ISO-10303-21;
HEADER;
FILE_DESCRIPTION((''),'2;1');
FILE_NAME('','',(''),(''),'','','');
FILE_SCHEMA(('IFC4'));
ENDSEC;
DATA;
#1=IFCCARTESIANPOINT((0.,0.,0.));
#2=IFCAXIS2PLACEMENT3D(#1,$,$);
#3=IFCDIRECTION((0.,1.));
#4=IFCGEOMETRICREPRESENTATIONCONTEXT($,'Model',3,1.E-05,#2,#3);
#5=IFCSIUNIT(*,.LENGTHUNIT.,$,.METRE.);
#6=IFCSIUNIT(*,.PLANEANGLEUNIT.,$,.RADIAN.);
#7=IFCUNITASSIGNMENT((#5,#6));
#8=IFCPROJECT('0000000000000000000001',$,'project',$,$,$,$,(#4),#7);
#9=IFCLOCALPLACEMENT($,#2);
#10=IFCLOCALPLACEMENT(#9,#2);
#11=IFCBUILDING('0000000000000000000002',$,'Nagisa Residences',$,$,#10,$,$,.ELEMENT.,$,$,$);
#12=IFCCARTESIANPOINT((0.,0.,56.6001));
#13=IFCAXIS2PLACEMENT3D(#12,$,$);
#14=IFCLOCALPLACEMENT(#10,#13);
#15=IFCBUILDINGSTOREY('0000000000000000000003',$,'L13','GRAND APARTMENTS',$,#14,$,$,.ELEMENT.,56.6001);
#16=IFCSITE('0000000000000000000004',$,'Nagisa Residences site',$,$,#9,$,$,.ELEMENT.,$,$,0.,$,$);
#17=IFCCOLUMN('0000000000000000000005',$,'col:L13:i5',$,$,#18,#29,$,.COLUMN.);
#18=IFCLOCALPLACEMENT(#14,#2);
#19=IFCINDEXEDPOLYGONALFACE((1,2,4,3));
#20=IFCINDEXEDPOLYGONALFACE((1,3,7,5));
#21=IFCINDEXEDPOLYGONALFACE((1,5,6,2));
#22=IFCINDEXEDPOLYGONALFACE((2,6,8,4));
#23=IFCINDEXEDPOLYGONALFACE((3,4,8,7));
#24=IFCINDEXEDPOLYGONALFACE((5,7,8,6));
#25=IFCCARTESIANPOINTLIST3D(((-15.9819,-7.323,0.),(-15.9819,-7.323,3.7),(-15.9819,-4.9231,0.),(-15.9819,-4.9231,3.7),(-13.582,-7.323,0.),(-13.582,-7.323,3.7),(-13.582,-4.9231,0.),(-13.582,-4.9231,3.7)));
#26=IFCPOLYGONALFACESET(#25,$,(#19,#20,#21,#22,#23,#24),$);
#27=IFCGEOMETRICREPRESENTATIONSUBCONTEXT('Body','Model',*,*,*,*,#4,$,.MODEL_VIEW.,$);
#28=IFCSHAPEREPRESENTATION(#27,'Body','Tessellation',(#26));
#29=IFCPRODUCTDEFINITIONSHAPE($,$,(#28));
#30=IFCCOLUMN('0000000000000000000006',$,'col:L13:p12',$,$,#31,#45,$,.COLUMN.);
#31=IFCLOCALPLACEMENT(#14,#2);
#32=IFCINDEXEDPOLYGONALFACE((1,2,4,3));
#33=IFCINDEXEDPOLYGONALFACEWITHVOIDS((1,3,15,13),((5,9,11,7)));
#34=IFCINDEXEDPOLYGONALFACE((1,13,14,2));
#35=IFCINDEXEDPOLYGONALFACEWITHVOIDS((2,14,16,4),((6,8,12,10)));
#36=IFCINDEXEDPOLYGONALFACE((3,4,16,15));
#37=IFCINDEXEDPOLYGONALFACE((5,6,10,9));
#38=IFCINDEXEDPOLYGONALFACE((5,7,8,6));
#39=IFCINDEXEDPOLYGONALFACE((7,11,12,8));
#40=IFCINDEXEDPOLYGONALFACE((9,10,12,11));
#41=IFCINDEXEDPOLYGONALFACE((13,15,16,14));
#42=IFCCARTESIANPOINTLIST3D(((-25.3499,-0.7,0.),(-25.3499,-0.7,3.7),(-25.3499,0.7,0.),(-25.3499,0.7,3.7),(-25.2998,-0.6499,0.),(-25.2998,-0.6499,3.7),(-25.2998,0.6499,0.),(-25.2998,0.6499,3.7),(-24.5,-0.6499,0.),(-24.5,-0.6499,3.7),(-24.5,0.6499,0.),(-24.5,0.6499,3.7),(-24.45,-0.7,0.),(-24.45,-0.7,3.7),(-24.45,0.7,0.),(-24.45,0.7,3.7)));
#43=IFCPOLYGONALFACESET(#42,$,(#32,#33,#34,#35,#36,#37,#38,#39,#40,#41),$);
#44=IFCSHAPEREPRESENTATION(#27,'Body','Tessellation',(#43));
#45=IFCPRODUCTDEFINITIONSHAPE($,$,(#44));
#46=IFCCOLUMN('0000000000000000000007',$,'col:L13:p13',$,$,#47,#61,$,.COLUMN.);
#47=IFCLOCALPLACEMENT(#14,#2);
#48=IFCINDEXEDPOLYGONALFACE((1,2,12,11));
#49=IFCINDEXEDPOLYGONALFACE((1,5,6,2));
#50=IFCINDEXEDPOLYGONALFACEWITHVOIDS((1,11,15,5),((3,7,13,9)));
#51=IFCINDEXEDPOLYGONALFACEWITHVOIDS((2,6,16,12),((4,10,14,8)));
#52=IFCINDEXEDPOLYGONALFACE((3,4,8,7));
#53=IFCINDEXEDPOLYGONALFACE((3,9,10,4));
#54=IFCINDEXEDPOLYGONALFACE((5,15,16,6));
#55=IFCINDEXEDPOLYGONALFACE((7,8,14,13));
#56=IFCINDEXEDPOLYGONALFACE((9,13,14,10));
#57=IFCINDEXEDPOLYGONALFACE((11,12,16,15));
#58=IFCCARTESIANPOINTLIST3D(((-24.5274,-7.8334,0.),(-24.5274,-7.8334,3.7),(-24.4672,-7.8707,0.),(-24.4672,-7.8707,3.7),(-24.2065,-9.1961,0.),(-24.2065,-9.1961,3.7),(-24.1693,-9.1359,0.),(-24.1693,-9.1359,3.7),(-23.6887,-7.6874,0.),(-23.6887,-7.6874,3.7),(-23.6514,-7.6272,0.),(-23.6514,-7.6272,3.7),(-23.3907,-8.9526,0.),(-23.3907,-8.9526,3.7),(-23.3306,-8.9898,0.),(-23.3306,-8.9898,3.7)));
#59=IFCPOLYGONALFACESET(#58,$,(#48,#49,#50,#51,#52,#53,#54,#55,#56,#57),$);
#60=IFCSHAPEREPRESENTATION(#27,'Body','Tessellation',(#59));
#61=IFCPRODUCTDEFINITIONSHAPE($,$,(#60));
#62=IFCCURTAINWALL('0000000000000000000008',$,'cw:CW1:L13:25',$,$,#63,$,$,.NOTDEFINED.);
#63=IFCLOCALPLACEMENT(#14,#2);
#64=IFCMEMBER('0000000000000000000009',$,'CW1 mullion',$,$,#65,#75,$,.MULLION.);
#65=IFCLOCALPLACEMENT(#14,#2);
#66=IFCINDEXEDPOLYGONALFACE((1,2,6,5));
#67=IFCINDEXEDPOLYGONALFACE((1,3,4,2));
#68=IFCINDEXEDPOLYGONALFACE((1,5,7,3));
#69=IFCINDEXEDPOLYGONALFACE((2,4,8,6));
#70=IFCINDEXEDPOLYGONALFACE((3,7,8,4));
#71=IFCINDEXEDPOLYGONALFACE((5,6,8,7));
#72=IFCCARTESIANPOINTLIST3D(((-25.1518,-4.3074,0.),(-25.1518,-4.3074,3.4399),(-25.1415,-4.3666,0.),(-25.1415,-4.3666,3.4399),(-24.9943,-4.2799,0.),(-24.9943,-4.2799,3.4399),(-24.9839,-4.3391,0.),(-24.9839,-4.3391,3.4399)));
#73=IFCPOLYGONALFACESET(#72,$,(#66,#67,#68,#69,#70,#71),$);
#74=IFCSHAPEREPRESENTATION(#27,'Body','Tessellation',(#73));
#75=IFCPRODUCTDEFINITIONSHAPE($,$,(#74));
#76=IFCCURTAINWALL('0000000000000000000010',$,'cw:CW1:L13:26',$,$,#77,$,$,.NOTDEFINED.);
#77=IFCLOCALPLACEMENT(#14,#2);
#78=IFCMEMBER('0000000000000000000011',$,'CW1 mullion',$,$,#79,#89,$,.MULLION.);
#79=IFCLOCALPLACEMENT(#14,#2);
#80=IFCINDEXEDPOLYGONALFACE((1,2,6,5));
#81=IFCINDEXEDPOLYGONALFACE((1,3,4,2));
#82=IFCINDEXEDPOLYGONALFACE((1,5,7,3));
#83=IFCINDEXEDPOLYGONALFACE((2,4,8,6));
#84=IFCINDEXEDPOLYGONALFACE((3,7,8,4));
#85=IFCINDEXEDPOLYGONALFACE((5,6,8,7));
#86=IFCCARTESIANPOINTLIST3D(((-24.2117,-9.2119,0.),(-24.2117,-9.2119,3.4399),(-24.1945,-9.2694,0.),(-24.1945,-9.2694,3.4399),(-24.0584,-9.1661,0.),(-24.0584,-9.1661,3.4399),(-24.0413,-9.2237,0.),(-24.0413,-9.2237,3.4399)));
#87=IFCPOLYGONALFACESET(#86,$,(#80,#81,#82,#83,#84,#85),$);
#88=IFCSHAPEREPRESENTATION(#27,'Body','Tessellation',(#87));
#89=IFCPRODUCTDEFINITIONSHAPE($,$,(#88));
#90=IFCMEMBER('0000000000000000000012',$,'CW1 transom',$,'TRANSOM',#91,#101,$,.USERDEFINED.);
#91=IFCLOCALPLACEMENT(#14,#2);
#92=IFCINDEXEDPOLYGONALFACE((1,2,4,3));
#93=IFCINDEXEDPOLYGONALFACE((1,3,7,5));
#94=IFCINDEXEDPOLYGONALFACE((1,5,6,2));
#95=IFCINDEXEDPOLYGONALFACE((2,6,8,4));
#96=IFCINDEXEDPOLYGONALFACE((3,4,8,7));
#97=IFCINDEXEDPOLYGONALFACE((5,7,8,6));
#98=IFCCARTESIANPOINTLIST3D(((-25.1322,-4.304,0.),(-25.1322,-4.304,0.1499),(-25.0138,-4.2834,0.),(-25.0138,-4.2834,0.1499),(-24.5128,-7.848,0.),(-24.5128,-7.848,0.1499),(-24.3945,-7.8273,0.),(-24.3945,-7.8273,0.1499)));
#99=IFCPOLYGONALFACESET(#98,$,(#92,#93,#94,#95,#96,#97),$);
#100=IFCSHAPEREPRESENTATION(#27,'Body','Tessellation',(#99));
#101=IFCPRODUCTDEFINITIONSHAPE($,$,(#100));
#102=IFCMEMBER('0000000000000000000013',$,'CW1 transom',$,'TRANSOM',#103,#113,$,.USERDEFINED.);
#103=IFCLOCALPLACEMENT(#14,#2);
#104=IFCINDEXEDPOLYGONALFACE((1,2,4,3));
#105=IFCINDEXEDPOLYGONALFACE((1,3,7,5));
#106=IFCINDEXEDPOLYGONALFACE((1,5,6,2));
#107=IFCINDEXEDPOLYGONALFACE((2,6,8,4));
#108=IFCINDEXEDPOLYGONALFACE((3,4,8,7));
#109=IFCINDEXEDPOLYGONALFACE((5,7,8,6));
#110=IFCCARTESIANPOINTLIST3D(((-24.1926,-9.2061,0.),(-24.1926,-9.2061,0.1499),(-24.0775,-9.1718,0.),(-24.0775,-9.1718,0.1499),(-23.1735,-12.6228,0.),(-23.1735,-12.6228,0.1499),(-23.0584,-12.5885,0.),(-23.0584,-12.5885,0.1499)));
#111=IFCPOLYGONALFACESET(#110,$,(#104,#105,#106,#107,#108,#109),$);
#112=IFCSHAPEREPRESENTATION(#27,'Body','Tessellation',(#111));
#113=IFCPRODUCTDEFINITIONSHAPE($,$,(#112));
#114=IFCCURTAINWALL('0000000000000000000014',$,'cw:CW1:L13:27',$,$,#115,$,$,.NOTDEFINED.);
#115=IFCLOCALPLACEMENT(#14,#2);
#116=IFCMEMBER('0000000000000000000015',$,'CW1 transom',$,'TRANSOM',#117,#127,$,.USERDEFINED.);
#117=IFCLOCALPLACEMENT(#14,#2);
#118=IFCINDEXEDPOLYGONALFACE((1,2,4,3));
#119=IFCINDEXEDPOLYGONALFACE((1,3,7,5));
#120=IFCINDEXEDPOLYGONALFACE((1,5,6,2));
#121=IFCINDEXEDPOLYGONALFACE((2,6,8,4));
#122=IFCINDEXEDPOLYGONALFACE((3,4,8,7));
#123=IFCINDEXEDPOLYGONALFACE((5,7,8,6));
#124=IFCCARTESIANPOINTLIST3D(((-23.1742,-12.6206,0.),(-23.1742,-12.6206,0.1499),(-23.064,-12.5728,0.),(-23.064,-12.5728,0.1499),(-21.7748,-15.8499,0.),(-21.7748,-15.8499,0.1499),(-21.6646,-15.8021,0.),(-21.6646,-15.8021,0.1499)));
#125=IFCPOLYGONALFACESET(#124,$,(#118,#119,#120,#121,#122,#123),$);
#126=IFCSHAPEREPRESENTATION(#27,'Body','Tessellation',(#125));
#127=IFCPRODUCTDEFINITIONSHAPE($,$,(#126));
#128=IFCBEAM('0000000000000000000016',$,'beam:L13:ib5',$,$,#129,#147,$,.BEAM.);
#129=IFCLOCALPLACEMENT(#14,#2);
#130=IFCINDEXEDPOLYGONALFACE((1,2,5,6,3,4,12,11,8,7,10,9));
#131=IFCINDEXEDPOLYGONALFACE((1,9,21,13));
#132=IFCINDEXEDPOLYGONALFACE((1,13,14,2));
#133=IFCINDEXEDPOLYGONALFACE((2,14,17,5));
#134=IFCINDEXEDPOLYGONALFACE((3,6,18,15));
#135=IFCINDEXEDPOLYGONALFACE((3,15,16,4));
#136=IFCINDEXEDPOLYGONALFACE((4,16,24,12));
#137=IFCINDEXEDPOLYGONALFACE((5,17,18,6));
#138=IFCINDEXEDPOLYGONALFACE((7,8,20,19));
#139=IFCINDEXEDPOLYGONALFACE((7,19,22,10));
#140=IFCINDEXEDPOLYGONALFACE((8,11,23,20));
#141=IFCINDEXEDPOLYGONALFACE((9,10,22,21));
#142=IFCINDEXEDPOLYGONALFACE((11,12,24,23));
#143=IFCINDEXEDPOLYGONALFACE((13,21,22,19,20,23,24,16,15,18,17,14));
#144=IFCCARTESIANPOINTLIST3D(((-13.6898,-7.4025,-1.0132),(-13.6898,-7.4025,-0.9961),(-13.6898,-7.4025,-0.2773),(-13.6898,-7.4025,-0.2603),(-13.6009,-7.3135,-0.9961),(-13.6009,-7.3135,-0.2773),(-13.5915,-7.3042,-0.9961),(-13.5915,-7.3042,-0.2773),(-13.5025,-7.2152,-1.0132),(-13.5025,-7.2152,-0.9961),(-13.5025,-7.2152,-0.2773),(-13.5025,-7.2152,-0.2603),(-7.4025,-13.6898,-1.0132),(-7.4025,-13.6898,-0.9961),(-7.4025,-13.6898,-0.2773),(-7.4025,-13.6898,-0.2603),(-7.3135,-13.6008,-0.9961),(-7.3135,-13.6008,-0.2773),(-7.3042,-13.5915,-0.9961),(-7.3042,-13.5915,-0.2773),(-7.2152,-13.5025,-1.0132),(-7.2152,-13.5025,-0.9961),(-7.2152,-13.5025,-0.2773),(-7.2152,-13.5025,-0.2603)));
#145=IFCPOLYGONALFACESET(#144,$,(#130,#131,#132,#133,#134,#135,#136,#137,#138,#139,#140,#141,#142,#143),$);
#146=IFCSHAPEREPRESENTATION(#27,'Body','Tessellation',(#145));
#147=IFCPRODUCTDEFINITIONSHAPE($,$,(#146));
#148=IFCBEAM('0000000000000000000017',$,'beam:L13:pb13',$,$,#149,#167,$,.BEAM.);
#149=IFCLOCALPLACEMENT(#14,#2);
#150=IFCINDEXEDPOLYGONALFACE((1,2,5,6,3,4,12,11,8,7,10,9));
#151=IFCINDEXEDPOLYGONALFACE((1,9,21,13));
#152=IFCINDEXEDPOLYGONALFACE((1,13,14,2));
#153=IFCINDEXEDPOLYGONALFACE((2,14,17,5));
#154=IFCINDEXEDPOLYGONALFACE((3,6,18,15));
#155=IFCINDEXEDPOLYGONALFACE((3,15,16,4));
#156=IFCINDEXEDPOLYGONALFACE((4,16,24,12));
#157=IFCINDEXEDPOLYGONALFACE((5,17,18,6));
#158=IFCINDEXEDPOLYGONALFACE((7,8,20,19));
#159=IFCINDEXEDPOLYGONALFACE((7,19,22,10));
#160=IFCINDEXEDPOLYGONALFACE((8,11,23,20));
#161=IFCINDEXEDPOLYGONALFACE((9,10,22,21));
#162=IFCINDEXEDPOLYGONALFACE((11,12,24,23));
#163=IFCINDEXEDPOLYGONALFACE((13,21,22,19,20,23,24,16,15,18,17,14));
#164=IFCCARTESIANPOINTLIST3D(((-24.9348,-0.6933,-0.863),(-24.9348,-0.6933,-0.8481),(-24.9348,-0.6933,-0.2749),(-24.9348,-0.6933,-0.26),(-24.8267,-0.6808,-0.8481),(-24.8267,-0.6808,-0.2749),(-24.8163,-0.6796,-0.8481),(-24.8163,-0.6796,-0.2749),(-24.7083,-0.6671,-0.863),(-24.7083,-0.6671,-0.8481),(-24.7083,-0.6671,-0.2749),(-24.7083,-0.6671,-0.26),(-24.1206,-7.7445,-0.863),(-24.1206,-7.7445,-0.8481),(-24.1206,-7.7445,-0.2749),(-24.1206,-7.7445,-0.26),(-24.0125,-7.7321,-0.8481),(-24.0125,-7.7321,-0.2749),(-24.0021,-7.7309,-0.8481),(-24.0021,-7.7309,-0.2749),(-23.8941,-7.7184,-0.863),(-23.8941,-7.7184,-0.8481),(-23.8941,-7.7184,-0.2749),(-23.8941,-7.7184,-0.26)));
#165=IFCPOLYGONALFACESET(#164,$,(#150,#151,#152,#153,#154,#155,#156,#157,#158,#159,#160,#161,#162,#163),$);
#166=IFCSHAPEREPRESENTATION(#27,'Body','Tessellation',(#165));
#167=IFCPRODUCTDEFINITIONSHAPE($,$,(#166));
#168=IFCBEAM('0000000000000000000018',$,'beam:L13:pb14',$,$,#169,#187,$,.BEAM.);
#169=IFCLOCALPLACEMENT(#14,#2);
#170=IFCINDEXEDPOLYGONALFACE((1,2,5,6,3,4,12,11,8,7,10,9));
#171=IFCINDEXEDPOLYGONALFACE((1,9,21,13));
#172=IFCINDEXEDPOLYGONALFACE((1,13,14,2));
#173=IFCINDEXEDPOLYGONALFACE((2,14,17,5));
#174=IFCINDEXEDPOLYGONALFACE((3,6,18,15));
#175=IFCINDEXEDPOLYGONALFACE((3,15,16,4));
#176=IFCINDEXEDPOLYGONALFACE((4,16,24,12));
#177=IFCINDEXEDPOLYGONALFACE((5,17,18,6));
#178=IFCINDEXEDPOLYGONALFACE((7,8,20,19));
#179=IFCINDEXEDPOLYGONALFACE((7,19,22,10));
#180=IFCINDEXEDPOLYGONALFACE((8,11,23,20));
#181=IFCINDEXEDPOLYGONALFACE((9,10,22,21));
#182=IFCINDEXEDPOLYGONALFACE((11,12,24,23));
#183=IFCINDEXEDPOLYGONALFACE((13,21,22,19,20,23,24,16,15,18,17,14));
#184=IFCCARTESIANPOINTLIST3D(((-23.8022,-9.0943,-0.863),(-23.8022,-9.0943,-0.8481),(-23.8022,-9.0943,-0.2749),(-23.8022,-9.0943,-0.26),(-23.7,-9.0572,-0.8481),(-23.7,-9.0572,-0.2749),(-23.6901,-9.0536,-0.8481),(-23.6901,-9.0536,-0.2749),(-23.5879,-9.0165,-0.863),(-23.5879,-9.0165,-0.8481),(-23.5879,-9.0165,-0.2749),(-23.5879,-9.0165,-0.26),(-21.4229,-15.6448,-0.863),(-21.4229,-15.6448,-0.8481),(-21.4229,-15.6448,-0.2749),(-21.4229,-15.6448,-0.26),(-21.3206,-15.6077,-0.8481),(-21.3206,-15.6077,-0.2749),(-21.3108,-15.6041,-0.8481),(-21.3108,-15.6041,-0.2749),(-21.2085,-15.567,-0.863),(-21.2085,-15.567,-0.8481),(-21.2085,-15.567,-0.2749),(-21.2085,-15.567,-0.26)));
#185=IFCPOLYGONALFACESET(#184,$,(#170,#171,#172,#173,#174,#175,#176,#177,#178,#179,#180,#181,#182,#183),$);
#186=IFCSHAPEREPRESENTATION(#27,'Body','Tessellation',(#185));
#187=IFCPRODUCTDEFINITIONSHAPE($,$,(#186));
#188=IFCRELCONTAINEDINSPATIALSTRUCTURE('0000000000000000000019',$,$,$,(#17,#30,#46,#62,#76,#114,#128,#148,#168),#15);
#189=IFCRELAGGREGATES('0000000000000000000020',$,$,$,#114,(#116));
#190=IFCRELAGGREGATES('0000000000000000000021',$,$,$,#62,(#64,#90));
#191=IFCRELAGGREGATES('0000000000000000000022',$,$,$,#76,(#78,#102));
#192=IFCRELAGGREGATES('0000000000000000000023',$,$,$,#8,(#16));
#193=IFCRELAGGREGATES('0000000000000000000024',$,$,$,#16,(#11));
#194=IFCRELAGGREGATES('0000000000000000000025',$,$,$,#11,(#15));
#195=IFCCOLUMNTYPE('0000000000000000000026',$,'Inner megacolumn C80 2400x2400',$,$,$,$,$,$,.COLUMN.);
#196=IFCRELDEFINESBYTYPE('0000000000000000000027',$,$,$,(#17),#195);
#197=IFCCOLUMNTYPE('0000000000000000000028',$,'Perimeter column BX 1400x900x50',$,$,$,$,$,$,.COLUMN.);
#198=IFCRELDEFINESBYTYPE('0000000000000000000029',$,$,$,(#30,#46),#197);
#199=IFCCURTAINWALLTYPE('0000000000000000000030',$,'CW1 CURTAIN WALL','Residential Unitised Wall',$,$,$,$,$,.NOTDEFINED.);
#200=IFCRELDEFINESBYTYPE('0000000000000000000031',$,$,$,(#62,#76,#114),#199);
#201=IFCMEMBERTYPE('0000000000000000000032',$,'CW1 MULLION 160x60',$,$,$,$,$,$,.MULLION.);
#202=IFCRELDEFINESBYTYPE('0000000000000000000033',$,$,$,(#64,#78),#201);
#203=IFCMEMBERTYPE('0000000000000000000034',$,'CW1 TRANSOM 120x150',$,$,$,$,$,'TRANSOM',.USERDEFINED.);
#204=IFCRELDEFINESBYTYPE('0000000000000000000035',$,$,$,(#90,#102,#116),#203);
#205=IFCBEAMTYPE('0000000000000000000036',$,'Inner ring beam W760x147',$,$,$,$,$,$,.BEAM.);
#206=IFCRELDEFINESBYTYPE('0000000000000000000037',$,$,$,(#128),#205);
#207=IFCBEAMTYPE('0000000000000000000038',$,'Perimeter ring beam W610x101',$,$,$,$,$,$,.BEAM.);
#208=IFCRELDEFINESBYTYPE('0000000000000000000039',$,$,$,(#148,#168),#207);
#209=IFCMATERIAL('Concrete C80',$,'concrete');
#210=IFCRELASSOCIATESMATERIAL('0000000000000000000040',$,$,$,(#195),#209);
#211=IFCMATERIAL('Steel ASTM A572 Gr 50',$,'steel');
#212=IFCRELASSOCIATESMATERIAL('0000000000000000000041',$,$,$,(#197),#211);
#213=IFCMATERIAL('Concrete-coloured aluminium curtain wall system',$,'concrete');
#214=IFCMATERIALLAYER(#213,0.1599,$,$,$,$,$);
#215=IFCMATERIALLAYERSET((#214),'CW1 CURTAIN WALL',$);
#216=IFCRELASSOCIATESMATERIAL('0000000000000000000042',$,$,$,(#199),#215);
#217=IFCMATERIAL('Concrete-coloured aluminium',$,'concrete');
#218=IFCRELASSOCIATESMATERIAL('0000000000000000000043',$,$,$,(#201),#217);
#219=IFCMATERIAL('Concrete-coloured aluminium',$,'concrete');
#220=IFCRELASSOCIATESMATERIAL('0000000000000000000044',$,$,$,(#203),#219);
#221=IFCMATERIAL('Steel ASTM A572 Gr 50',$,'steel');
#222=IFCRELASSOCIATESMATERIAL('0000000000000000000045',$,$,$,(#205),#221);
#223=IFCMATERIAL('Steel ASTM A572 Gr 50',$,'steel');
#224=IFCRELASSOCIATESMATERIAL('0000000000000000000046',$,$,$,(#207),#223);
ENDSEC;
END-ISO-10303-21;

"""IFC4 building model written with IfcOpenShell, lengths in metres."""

from ifc_helpers import new_model, si_unit, direction, frame, origin, origin_2d, place, context, subcontext, project, spatial, rectangle, hollow_rectangle, i_section, extrude, material, layer, layer_set, material_profile, profile_set, type_object, element, aggregate, save


model = new_model("IFC4")

# Units and contexts
model_context = context("Model", 3, precision=1e-05, world=origin(), true_north=direction((0.0, 1.0)))
body_context = subcontext(model_context, "Body", "Model", "MODEL_VIEW")
ifc_project = project(units=[si_unit("LENGTHUNIT", "METRE"), si_unit("PLANEANGLEUNIT", "RADIAN")], contexts=[model_context])

# Site, building, storey
site_placement = place(None, origin())
site = spatial("IfcSite", under=ifc_project, at=site_placement, Name="Nagisa Residences site", CompositionType="ELEMENT", RefElevation=0.0)
building_placement = place(site_placement, origin())
building = spatial("IfcBuilding", under=site, at=building_placement, Name="Nagisa Residences", CompositionType="ELEMENT")
storey_placement = place(building_placement, frame((0.0, 0.0, 56.6001)))
storey = spatial("IfcBuildingStorey", under=building, at=storey_placement, Name="L13", Description="GRAND APARTMENTS", CompositionType="ELEMENT", Elevation=56.6001)

# Columns
ifc_material_1 = material(Name="Concrete C80", Category="concrete")
ifc_material_profile_1 = material_profile(ifc_material_1, rectangle(XDim=2.3999, YDim=2.3999, at=origin_2d()), Name="C80 2400x2400")
ifc_profile_set_1 = profile_set([ifc_material_profile_1], Name="Concrete C80")
column_type_1 = type_object("IfcColumnType", Name="Inner megacolumn C80 2400x2400", PredefinedType="COLUMN", material=ifc_profile_set_1)
column_placement = place(storey_placement, frame((-14.782, -6.123, 0.0), z_axis=(0.0, 0.0, 1.0), x_axis=(1.0, 0.0, 0.0)))
element("IfcColumn", 1, at=column_placement, inside=storey, type_object=column_type_1, Name="col:L13:i5", PredefinedType="COLUMN", context=body_context, shape_type="SweptSolid", body=[
    extrude(rectangle(XDim=2.3999, YDim=2.3999, at=origin_2d()), origin(), (0.0, 0.0, 1.0), 3.7),
])
ifc_material_2 = material(Name="Steel ASTM A572 Gr 50", Category="steel")
ifc_material_profile_2 = material_profile(ifc_material_2, hollow_rectangle(XDim=1.3999, YDim=0.8999, WallThickness=0.05, at=origin_2d()), Name="BX 1400x900x50")
ifc_profile_set_2 = profile_set([ifc_material_profile_2], Name="Steel ASTM A572 Gr 50")
column_type_2 = type_object("IfcColumnType", Name="Perimeter column BX 1400x900x50", PredefinedType="COLUMN", material=ifc_profile_set_2)
for number, where, z_axis, x_axis, name in (
    (2, (-24.8999, 0.0, 0.0), (0.0, 0.0, 1.0), (0.0, -1.0, 0.0), "col:L13:p12"),
    (3, (-23.929, -8.4116, 0.0), (0.0, 0.0, 1.0), (0.229202, -0.973379, 0.0), "col:L13:p13"),
):
    element("IfcColumn", number, at=place(storey_placement, frame(where, z_axis=z_axis, x_axis=x_axis)), inside=storey, type_object=column_type_2, Name=name, PredefinedType="COLUMN", context=body_context, shape_type="SweptSolid", body=[
        extrude(hollow_rectangle(XDim=1.3999, YDim=0.8999, WallThickness=0.05, at=origin_2d()), origin(), (0.0, 0.0, 1.0), 3.7),
    ])

# Curtain walls, members
ifc_material_3 = material(Name="Concrete-coloured aluminium curtain wall system", Category="concrete")
ifc_layer_1 = layer(ifc_material_3, 0.1599)
ifc_layer_set_1 = layer_set([ifc_layer_1], Name="CW1 CURTAIN WALL")
curtain_wall_type = type_object("IfcCurtainWallType", Name="CW1 CURTAIN WALL", Description="Residential Unitised Wall", PredefinedType="NOTDEFINED", material=ifc_layer_set_1)
curtain_wall_1_placement = place(storey_placement, origin())
curtain_wall_1 = element("IfcCurtainWall", 4, at=curtain_wall_1_placement, inside=storey, type_object=curtain_wall_type, Name="cw:CW1:L13:25", PredefinedType="NOTDEFINED")
ifc_material_4 = material(Name="Concrete-coloured aluminium", Category="concrete")
ifc_material_profile_3 = material_profile(ifc_material_4, rectangle(XDim=0.1599, YDim=0.0601, at=origin_2d()), Name="CW1 MULLION 160x60")
ifc_profile_set_3 = profile_set([ifc_material_profile_3], Name="Concrete-coloured aluminium")
member_type_1 = type_object("IfcMemberType", Name="CW1 MULLION 160x60", PredefinedType="MULLION", material=ifc_profile_set_3)
member_1_placement = place(storey_placement, frame((-25.0679, -4.3232, 0.0), z_axis=(0.0, 0.0, 1.0), x_axis=(0.985064, 0.172191, 0.0)))
member_1 = element("IfcMember", 5, at=member_1_placement, type_object=member_type_1, Name="CW1 mullion", PredefinedType="MULLION", context=body_context, shape_type="SweptSolid", body=[
    extrude(rectangle(XDim=0.1599, YDim=0.0601, at=origin_2d()), origin(), (0.0, 0.0, 1.0), 3.4399),
])
curtain_wall_2_placement = place(storey_placement, origin())
curtain_wall_2 = element("IfcCurtainWall", 6, at=curtain_wall_2_placement, inside=storey, type_object=curtain_wall_type, Name="cw:CW1:L13:26", PredefinedType="NOTDEFINED")
member_2_placement = place(storey_placement, frame((-24.1265, -9.2178, 0.0), z_axis=(0.0, 0.0, 1.0), x_axis=(0.958271, 0.28586, 0.0)))
member_2 = element("IfcMember", 7, at=member_2_placement, type_object=member_type_1, Name="CW1 mullion", PredefinedType="MULLION", context=body_context, shape_type="SweptSolid", body=[
    extrude(rectangle(XDim=0.1599, YDim=0.0601, at=origin_2d()), origin(), (0.0, 0.0, 1.0), 3.4399),
])

# Members
ifc_material_5 = material(Name="Concrete-coloured aluminium", Category="concrete")
ifc_material_profile_4 = material_profile(ifc_material_5, rectangle(XDim=0.1201, YDim=0.1499, at=origin_2d()), Name="CW1 TRANSOM 120x150")
ifc_profile_set_4 = profile_set([ifc_material_profile_4], Name="Concrete-coloured aluminium")
member_type_2 = type_object("IfcMemberType", Name="CW1 TRANSOM 120x150", ElementType="TRANSOM", PredefinedType="USERDEFINED", material=ifc_profile_set_4)
member_3_placement = place(storey_placement, frame((-25.073, -4.2937, 0.075), z_axis=(0.172163, -0.985068, 0.0), x_axis=(0.985068, 0.172163, 0.0)))
member_3 = element("IfcMember", 8, at=member_3_placement, type_object=member_type_2, Name="CW1 transom", ObjectType="TRANSOM", PredefinedType="USERDEFINED", context=body_context, shape_type="SweptSolid", body=[
    extrude(rectangle(XDim=0.1201, YDim=0.1499, at=origin_2d()), origin(), (0.0, 0.0, 1.0), 3.5977),
])
member_4_placement = place(storey_placement, frame((-24.135, -9.189, 0.075), z_axis=(0.285808, -0.958287, 0.0), x_axis=(0.958287, 0.285808, 0.0)))
member_4 = element("IfcMember", 9, at=member_4_placement, type_object=member_type_2, Name="CW1 transom", ObjectType="TRANSOM", PredefinedType="USERDEFINED", context=body_context, shape_type="SweptSolid", body=[
    extrude(rectangle(XDim=0.1201, YDim=0.1499, at=origin_2d()), origin(), (0.0, 0.0, 1.0), 3.5654),
])

# Curtain wall, member
curtain_wall_3_placement = place(storey_placement, origin())
curtain_wall_3 = element("IfcCurtainWall", 10, at=curtain_wall_3_placement, inside=storey, type_object=curtain_wall_type, Name="cw:CW1:L13:27", PredefinedType="NOTDEFINED")
member_5_placement = place(storey_placement, frame((-23.1191, -12.5967, 0.075), z_axis=(0.397625, -0.917548, 0.0), x_axis=(0.917548, 0.397625, 0.0)))
member_5 = element("IfcMember", 11, at=member_5_placement, type_object=member_type_2, Name="CW1 transom", ObjectType="TRANSOM", PredefinedType="USERDEFINED", context=body_context, shape_type="SweptSolid", body=[
    extrude(rectangle(XDim=0.1201, YDim=0.1499, at=origin_2d()), origin(), (0.0, 0.0, 1.0), 3.5195),
])
aggregate(curtain_wall_3, [member_5])

# Beams
ifc_material_6 = material(Name="Steel ASTM A572 Gr 50", Category="steel")
ifc_material_profile_5 = material_profile(ifc_material_6, i_section(OverallWidth=0.2649, OverallDepth=0.7529, WebThickness=0.0132, FlangeThickness=0.0171, at=origin_2d()), Name="W760x147")
ifc_profile_set_5 = profile_set([ifc_material_profile_5], Name="Steel ASTM A572 Gr 50")
beam_type_1 = type_object("IfcBeamType", Name="Inner ring beam W760x147", PredefinedType="BEAM", material=ifc_profile_set_5)
beam_1_placement = place(storey_placement, frame((-13.5962, -7.3088, -0.6367), z_axis=(0.707107, -0.707107, 0.0), x_axis=(0.707107, 0.707107, 0.0)))
element("IfcBeam", 12, at=beam_1_placement, inside=storey, type_object=beam_type_1, Name="beam:L13:ib5", PredefinedType="BEAM", context=body_context, shape_type="SweptSolid", body=[
    extrude(i_section(OverallWidth=0.2649, OverallDepth=0.7529, WebThickness=0.0132, FlangeThickness=0.0171, at=origin_2d()), origin(), (0.0, 0.0, 1.0), 8.8916),
])
ifc_material_7 = material(Name="Steel ASTM A572 Gr 50", Category="steel")
ifc_material_profile_6 = material_profile(ifc_material_7, i_section(OverallWidth=0.228, OverallDepth=0.603, WebThickness=0.0105, FlangeThickness=0.0149, at=origin_2d()), Name="W610x101")
ifc_profile_set_6 = profile_set([ifc_material_profile_6], Name="Steel ASTM A572 Gr 50")
beam_type_2 = type_object("IfcBeamType", Name="Perimeter ring beam W610x101", PredefinedType="BEAM", material=ifc_profile_set_6)
beam_2_placement = place(storey_placement, frame((-24.8215, -0.6802, -0.5615), z_axis=(0.114708, -0.993399, 0.0), x_axis=(0.993399, 0.114708, 0.0)))
element("IfcBeam", 13, at=beam_2_placement, inside=storey, type_object=beam_type_2, Name="beam:L13:pb13", PredefinedType="BEAM", context=body_context, shape_type="SweptSolid", body=[
    extrude(i_section(OverallWidth=0.228, OverallDepth=0.603, WebThickness=0.0105, FlangeThickness=0.0149, at=origin_2d()), origin(), (0.0, 0.0, 1.0), 7.0981),
])
beam_3_placement = place(storey_placement, frame((-23.6951, -9.0554, -0.5615), z_axis=(0.341411, -0.939914, 0.0), x_axis=(0.939914, 0.341411, 0.0)))
element("IfcBeam", 14, at=beam_3_placement, inside=storey, type_object=beam_type_2, Name="beam:L13:pb14", PredefinedType="BEAM", context=body_context, shape_type="SweptSolid", body=[
    extrude(i_section(OverallWidth=0.228, OverallDepth=0.603, WebThickness=0.0105, FlangeThickness=0.0149, at=origin_2d()), origin(), (0.0, 0.0, 1.0), 6.9692),
])

aggregate(curtain_wall_1, [member_1, member_3])
aggregate(curtain_wall_2, [member_2, member_4])

save(model, "model.ifc")
